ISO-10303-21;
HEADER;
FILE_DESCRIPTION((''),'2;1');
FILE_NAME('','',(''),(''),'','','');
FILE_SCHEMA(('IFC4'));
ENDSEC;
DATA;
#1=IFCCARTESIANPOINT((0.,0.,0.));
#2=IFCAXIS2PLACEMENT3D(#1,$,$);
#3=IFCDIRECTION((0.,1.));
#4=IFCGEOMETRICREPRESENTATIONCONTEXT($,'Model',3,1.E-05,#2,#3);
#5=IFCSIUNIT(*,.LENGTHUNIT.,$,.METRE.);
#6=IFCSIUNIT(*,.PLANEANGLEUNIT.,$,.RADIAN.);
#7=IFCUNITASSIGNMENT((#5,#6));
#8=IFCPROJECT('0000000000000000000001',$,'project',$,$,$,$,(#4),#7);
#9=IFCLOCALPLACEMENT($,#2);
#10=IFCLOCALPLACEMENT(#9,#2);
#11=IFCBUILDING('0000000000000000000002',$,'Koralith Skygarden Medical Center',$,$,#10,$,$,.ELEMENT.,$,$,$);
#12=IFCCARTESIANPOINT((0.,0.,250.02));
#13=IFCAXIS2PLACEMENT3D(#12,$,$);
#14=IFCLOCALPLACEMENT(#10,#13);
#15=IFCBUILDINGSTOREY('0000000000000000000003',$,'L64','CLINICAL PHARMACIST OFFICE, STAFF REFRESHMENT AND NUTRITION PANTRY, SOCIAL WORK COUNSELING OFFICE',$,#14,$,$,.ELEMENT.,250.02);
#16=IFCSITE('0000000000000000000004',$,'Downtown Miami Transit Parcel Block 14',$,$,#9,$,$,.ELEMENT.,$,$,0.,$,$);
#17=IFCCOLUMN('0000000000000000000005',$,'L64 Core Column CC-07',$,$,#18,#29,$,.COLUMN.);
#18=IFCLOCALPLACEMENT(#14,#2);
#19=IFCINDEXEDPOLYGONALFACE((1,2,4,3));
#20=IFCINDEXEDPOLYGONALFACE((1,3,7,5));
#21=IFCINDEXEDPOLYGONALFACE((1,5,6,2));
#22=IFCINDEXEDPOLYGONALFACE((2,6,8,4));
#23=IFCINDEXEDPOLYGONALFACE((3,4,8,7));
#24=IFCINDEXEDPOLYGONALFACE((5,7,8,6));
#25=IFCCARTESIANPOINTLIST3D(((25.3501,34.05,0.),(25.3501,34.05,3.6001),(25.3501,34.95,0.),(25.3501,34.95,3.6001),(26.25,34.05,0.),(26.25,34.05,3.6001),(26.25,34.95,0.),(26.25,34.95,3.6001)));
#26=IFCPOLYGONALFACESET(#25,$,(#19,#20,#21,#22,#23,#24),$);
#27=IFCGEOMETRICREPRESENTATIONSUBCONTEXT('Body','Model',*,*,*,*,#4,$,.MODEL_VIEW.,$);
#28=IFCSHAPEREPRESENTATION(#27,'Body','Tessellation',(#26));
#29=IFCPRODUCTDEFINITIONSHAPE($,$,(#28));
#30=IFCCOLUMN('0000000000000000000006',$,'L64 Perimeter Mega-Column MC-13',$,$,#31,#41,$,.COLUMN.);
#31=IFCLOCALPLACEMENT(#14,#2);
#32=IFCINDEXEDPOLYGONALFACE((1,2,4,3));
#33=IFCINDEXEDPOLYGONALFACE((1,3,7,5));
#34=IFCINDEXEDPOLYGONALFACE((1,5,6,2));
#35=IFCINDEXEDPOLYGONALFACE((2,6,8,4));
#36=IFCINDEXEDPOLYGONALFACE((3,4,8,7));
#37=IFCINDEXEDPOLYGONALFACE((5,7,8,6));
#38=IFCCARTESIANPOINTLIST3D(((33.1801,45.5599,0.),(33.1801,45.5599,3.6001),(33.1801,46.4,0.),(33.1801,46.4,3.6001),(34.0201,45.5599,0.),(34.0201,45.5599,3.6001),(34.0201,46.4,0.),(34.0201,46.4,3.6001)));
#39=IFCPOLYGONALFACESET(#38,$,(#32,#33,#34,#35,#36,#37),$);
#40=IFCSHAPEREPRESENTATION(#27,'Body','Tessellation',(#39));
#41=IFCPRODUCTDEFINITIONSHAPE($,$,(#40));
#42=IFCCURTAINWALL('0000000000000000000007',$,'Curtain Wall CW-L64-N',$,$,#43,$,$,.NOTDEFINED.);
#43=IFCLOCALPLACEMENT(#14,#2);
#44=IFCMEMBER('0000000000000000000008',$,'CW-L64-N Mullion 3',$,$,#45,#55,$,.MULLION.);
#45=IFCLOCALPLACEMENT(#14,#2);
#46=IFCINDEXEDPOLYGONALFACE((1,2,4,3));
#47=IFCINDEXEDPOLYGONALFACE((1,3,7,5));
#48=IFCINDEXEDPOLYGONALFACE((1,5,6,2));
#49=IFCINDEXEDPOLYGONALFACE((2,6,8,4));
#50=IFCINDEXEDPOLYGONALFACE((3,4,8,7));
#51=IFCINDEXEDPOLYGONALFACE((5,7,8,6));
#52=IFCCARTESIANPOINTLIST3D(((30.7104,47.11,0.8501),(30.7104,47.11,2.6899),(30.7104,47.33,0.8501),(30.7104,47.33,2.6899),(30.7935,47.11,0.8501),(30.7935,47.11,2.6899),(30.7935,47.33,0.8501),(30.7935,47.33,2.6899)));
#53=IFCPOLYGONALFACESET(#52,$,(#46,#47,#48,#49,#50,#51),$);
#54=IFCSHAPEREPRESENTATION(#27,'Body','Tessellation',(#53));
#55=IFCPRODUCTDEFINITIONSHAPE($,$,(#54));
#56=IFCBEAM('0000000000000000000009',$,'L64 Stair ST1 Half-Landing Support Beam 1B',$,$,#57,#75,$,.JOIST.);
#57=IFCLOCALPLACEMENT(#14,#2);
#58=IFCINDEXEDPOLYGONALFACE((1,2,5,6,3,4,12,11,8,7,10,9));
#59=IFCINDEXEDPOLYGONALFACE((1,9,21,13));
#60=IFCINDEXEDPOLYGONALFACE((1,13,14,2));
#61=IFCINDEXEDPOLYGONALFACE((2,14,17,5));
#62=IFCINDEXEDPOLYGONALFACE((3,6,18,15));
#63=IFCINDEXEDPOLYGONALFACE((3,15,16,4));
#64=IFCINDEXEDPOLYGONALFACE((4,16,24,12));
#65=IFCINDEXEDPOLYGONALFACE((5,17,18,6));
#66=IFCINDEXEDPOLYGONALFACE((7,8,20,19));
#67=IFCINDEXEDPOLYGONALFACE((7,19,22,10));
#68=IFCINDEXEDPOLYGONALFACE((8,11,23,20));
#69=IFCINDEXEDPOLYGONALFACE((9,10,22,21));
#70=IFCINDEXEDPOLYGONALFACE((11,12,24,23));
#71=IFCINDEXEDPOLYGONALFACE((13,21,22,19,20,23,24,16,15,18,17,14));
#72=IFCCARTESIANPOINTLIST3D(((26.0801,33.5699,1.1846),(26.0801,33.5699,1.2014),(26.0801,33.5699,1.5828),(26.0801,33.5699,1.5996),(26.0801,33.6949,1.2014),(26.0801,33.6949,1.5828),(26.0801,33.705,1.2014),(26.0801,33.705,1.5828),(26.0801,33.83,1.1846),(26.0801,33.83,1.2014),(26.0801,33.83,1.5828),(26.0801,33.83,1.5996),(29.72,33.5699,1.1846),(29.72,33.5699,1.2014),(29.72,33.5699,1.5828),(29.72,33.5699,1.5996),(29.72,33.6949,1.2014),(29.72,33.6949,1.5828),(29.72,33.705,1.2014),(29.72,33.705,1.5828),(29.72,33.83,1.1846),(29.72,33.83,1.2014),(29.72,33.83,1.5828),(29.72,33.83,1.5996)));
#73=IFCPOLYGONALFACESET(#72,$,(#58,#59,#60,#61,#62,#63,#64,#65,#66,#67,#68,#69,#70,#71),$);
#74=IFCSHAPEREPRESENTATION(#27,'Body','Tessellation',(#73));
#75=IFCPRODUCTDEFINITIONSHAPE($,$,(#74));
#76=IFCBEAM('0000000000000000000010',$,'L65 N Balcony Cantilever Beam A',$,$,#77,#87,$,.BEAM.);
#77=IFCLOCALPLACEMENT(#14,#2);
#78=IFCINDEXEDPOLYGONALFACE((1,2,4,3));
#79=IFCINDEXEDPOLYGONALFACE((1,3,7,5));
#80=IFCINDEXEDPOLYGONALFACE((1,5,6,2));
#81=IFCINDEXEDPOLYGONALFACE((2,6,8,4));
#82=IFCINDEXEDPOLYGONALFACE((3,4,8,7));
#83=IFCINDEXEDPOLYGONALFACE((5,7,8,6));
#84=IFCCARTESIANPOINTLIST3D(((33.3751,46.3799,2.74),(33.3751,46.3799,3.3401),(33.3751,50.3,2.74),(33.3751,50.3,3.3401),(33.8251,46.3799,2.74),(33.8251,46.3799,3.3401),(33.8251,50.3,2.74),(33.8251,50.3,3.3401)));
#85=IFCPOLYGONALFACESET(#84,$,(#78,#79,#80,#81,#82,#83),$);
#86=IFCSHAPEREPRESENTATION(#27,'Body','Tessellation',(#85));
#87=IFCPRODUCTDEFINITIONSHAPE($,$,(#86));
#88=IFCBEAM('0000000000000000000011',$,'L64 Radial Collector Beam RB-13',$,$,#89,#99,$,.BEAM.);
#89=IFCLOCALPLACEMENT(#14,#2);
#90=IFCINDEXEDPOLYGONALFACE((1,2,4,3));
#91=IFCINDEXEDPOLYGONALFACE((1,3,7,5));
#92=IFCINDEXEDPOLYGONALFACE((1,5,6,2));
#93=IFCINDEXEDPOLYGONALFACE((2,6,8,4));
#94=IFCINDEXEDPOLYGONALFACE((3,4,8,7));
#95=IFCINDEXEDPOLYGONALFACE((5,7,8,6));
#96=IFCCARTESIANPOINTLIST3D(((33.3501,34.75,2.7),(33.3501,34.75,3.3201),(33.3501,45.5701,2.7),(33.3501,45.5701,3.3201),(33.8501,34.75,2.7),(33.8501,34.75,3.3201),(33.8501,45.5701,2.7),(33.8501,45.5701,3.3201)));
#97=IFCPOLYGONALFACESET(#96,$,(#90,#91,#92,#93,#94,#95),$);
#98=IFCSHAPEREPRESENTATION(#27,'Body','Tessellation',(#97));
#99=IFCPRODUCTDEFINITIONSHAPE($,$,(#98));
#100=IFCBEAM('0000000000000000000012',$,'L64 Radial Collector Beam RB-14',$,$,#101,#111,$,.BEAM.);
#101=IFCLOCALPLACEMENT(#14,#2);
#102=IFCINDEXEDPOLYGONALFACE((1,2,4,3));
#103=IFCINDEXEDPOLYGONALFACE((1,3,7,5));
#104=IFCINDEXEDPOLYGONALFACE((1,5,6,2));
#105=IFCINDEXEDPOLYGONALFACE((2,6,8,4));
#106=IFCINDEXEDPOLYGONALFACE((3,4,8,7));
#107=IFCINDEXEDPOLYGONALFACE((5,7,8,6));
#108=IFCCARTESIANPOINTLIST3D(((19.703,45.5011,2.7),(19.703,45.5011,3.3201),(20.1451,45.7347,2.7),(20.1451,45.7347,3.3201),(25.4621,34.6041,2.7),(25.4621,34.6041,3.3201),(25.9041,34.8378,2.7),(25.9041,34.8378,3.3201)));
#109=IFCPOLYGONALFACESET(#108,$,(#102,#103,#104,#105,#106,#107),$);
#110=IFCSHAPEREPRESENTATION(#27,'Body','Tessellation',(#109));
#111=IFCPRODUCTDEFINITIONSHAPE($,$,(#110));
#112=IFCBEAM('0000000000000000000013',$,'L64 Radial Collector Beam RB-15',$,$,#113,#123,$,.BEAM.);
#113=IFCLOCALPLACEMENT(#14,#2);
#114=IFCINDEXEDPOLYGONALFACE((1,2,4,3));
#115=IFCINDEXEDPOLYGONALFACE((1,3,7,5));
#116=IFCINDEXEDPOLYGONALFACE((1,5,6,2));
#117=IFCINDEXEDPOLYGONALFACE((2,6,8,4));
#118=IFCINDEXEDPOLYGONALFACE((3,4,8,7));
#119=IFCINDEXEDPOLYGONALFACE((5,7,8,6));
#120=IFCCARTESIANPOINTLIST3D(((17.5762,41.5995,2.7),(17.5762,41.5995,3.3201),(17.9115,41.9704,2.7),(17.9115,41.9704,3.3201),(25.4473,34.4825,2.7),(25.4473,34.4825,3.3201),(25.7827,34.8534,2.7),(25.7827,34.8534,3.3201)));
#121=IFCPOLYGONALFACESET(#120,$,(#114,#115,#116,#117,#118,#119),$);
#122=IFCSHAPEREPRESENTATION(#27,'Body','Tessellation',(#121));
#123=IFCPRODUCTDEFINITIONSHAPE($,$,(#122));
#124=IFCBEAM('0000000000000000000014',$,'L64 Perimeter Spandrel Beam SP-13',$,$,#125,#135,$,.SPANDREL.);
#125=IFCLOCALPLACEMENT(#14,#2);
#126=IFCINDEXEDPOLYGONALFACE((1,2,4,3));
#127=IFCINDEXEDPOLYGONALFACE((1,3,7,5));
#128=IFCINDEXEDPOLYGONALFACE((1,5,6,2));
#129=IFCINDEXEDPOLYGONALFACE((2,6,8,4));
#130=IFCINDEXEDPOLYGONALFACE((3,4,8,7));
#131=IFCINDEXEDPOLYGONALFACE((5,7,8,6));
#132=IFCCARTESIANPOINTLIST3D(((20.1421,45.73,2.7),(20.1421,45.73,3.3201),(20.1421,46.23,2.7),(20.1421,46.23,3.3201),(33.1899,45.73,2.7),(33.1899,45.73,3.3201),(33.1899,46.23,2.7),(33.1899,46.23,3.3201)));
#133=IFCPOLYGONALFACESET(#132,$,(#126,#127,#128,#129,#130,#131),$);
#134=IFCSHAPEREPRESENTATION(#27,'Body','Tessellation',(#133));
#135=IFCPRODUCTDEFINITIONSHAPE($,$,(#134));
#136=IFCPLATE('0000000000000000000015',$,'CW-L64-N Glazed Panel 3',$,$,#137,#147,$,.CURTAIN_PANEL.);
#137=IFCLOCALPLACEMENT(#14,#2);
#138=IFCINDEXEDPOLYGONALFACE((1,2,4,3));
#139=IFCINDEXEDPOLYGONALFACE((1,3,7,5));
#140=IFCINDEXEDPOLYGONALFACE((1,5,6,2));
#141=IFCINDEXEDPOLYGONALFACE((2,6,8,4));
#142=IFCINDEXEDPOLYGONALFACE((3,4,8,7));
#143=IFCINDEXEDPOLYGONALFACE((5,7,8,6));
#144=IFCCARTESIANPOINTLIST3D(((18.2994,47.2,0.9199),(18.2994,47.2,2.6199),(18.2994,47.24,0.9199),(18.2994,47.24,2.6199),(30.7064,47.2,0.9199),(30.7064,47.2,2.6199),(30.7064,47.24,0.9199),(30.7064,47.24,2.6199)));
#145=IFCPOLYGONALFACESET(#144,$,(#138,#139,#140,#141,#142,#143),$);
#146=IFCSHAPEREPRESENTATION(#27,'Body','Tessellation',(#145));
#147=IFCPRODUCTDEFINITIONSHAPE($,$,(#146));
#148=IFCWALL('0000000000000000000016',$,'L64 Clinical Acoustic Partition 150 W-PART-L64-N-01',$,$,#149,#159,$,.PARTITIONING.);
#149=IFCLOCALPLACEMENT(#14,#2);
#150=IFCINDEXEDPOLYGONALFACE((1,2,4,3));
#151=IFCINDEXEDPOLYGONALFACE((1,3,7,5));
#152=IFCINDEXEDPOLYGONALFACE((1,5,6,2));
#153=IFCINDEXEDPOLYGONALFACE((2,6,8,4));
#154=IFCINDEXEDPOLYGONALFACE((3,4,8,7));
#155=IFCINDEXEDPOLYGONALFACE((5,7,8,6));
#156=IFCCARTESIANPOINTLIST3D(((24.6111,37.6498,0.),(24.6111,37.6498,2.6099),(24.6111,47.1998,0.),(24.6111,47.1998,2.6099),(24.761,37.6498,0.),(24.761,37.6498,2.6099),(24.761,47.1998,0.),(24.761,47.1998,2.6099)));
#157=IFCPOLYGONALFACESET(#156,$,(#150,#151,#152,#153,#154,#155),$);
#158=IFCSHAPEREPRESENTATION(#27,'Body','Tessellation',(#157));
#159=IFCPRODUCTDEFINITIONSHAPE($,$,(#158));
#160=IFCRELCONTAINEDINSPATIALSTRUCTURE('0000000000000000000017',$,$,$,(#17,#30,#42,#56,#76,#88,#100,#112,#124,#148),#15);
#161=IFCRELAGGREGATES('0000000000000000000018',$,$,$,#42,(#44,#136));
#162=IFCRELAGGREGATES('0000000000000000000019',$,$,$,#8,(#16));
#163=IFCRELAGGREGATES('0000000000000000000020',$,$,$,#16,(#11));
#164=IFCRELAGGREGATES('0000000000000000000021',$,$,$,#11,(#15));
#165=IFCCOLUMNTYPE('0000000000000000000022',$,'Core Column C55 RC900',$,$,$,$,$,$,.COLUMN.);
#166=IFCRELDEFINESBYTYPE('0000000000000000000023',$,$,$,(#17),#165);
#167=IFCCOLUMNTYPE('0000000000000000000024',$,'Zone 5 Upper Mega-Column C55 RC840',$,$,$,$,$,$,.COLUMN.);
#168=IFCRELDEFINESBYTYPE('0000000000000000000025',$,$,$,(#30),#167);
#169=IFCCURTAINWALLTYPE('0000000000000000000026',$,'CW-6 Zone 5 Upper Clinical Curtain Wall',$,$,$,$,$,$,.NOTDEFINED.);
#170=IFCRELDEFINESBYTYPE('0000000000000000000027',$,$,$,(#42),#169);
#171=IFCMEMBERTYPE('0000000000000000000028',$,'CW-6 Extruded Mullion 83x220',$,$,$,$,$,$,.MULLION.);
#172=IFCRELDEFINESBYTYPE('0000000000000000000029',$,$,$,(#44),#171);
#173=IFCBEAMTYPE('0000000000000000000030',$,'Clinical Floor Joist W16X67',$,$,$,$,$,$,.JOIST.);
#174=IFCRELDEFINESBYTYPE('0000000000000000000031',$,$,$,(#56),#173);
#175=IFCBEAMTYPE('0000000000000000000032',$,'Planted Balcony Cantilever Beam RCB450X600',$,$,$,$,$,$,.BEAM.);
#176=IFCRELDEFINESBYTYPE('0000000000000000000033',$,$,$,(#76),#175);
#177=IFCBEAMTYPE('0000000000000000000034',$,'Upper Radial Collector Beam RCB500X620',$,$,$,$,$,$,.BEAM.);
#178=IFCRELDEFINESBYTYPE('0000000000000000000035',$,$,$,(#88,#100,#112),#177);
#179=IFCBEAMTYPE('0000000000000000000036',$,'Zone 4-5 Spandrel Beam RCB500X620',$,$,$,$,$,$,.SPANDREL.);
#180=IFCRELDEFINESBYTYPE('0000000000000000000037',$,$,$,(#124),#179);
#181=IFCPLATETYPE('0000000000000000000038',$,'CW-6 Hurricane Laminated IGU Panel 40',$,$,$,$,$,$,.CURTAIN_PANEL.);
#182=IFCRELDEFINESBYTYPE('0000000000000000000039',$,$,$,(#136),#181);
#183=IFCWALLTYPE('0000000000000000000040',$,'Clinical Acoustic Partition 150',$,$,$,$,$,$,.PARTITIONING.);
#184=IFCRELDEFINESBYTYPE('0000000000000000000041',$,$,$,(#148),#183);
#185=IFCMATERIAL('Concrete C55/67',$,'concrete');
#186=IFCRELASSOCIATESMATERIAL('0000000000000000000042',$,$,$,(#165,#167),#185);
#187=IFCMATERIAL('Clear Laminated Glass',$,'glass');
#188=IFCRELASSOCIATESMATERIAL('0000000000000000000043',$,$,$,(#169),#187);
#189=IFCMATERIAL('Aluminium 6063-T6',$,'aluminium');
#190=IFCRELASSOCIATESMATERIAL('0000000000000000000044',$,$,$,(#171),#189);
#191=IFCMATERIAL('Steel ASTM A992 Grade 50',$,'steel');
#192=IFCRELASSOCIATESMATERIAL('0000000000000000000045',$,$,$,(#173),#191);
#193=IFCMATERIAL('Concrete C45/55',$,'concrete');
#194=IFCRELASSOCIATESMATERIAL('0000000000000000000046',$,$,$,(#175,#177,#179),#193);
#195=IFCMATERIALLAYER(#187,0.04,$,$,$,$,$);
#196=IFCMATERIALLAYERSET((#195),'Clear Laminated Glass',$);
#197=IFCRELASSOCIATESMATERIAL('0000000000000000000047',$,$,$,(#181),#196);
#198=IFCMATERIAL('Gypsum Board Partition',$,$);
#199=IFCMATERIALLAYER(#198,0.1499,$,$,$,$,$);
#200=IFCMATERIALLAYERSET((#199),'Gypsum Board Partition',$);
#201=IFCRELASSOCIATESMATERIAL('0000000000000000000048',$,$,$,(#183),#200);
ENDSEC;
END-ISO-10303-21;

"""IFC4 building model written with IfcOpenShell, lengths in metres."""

from ifc_helpers import new_model, si_unit, direction, frame, frame_2d, origin, origin_2d, place, context, subcontext, project, spatial, rectangle, i_section, extrude, material, layer, layer_set, material_profile, profile_set, type_object, element, aggregate, save


model = new_model("IFC4")

# Units and contexts
model_context = context("Model", 3, precision=1e-05, world=origin(), true_north=direction((0.0, 1.0)))
body_context = subcontext(model_context, "Body", "Model", "MODEL_VIEW")
ifc_project = project(units=[si_unit("LENGTHUNIT", "METRE"), si_unit("PLANEANGLEUNIT", "RADIAN")], contexts=[model_context])

# Site, building, storey
site_placement = place(None, origin())
site = spatial("IfcSite", under=ifc_project, at=site_placement, Name="Downtown Miami Transit Parcel Block 14", CompositionType="ELEMENT", RefElevation=0.0)
building_placement = place(site_placement, origin())
building = spatial("IfcBuilding", under=site, at=building_placement, Name="Koralith Skygarden Medical Center", CompositionType="ELEMENT")
storey_placement = place(building_placement, frame((0.0, 0.0, 250.02)))
storey = spatial("IfcBuildingStorey", under=building, at=storey_placement, Name="L64", Description="CLINICAL PHARMACIST OFFICE, STAFF REFRESHMENT AND NUTRITION PANTRY, SOCIAL WORK COUNSELING OFFICE", CompositionType="ELEMENT", Elevation=250.02)

# Columns
ifc_material_1 = material(Name="Concrete C55/67", Category="concrete")
ifc_material_profile_1 = material_profile(ifc_material_1, rectangle(XDim=0.8999, YDim=0.8999, at=origin_2d()), Name="RC900X900")
ifc_profile_set_1 = profile_set([ifc_material_profile_1], Name="Concrete C55/67")
column_type_1 = type_object("IfcColumnType", Name="Core Column C55 RC900", PredefinedType="COLUMN", material=ifc_profile_set_1)
column_1_placement = place(storey_placement, frame((25.8, 34.5, 0.0), z_axis=(0.0, 0.0, 1.0), x_axis=(1.0, 0.0, 0.0)))
element("IfcColumn", 1, at=column_1_placement, inside=storey, type_object=column_type_1, Name="L64 Core Column CC-07", PredefinedType="COLUMN", context=body_context, shape_type="SweptSolid", body=[
    extrude(rectangle(XDim=0.8999, YDim=0.8999, at=origin_2d()), origin(), (0.0, 0.0, 1.0), 3.6001),
])
ifc_material_profile_2 = material_profile(ifc_material_1, rectangle(XDim=0.8401, YDim=0.8401, at=origin_2d()), Name="RC840X840")
ifc_profile_set_2 = profile_set([ifc_material_profile_2], Name="Concrete C55/67")
column_type_2 = type_object("IfcColumnType", Name="Zone 5 Upper Mega-Column C55 RC840", PredefinedType="COLUMN", material=ifc_profile_set_2)
column_2_placement = place(storey_placement, frame((33.6001, 45.98, 0.0), z_axis=(0.0, 0.0, 1.0), x_axis=(1.0, 0.0, 0.0)))
element("IfcColumn", 2, at=column_2_placement, inside=storey, type_object=column_type_2, Name="L64 Perimeter Mega-Column MC-13", PredefinedType="COLUMN", context=body_context, shape_type="SweptSolid", body=[
    extrude(rectangle(XDim=0.8401, YDim=0.8401, at=origin_2d()), origin(), (0.0, 0.0, 1.0), 3.6001),
])

# Curtain wall, member
ifc_material_2 = material(Name="Clear Laminated Glass", Category="glass")
curtain_wall_type = type_object("IfcCurtainWallType", Name="CW-6 Zone 5 Upper Clinical Curtain Wall", PredefinedType="NOTDEFINED", material=ifc_material_2)
curtain_wall_placement = place(storey_placement, origin())
curtain_wall = element("IfcCurtainWall", 3, at=curtain_wall_placement, inside=storey, type_object=curtain_wall_type, Name="Curtain Wall CW-L64-N", PredefinedType="NOTDEFINED")
ifc_material_3 = material(Name="Aluminium 6063-T6", Category="aluminium")
ifc_material_profile_3 = material_profile(ifc_material_3, rectangle(XDim=0.083, YDim=0.22, at=origin_2d()), Name="MUL83X220")
ifc_profile_set_3 = profile_set([ifc_material_profile_3], Name="Aluminium 6063-T6")
member_type = type_object("IfcMemberType", Name="CW-6 Extruded Mullion 83x220", PredefinedType="MULLION", material=ifc_profile_set_3)
member_placement = place(storey_placement, frame((30.752, 47.22, 0.8501), z_axis=(0.0, 0.0, 1.0), x_axis=(1.0, 0.0, 0.0)))
member = element("IfcMember", 4, at=member_placement, type_object=member_type, Name="CW-L64-N Mullion 3", PredefinedType="MULLION", context=body_context, shape_type="SweptSolid", body=[
    extrude(rectangle(XDim=0.083, YDim=0.22, at=origin_2d()), origin(), (0.0, 0.0, 1.0), 1.8398),
])

# Beams
ifc_material_4 = material(Name="Steel ASTM A992 Grade 50", Category="steel")
ifc_material_profile_4 = material_profile(ifc_material_4, i_section(OverallWidth=0.26, OverallDepth=0.415, WebThickness=0.01, FlangeThickness=0.0168, at=origin_2d()), Name="W16X67")
ifc_profile_set_4 = profile_set([ifc_material_profile_4], Name="Steel ASTM A992 Grade 50")
beam_type_1 = type_object("IfcBeamType", Name="Clinical Floor Joist W16X67", PredefinedType="JOIST", material=ifc_profile_set_4)
beam_1_placement = place(storey_placement, frame((26.0801, 33.7, 1.3921), z_axis=(1.0, 0.0, 0.0), x_axis=(0.0, 1.0, 0.0)))
element("IfcBeam", 5, at=beam_1_placement, inside=storey, type_object=beam_type_1, Name="L64 Stair ST1 Half-Landing Support Beam 1B", PredefinedType="JOIST", context=body_context, shape_type="SweptSolid", body=[
    extrude(i_section(OverallWidth=0.26, OverallDepth=0.415, WebThickness=0.01, FlangeThickness=0.0168, at=origin_2d()), origin(), (0.0, 0.0, 1.0), 3.6399),
])
ifc_material_5 = material(Name="Concrete C45/55", Category="concrete")
ifc_material_profile_5 = material_profile(ifc_material_5, rectangle(XDim=0.45, YDim=0.6001, at=origin_2d()), Name="RCB450X600")
ifc_profile_set_5 = profile_set([ifc_material_profile_5], Name="Concrete C45/55")
beam_type_2 = type_object("IfcBeamType", Name="Planted Balcony Cantilever Beam RCB450X600", PredefinedType="BEAM", material=ifc_profile_set_5)
beam_2_placement = place(storey_placement, frame((33.6001, 46.3799, 3.04), z_axis=(0.0, 1.0, 0.0), x_axis=(-1.0, 0.0, 0.0)))
element("IfcBeam", 6, at=beam_2_placement, inside=storey, type_object=beam_type_2, Name="L65 N Balcony Cantilever Beam A", PredefinedType="BEAM", context=body_context, shape_type="SweptSolid", body=[
    extrude(rectangle(XDim=0.45, YDim=0.6001, at=origin_2d()), origin(), (0.0, 0.0, 1.0), 3.9202),
])
ifc_material_profile_6 = material_profile(ifc_material_5, rectangle(XDim=0.5, YDim=0.6201, at=origin_2d()), Name="RCB500X620")
ifc_profile_set_6 = profile_set([ifc_material_profile_6], Name="Concrete C45/55")
beam_type_3 = type_object("IfcBeamType", Name="Upper Radial Collector Beam RCB500X620", PredefinedType="BEAM", material=ifc_profile_set_6)
beam_3_placement = place(storey_placement, frame((33.6001, 34.75, 3.01), z_axis=(0.0, 1.0, 0.0), x_axis=(-1.0, 0.0, 0.0)))
element("IfcBeam", 7, at=beam_3_placement, inside=storey, type_object=beam_type_3, Name="L64 Radial Collector Beam RB-13", PredefinedType="BEAM", context=body_context, shape_type="SweptSolid", body=[
    extrude(rectangle(XDim=0.5, YDim=0.6201, at=origin_2d()), origin(), (0.0, 0.0, 1.0), 10.8201),
])
beam_4_placement = place(storey_placement, frame((25.6831, 34.7209, 3.01), z_axis=(-0.467257, 0.884122, 0.0), x_axis=(-0.884122, -0.467257, 0.0)))
element("IfcBeam", 8, at=beam_4_placement, inside=storey, type_object=beam_type_3, Name="L64 Radial Collector Beam RB-14", PredefinedType="BEAM", context=body_context, shape_type="SweptSolid", body=[
    extrude(rectangle(XDim=0.5, YDim=0.6201, at=origin_2d()), origin(), (0.0, 0.0, 1.0), 12.3252),
])
beam_5_placement = place(storey_placement, frame((25.615, 34.668, 3.01), z_axis=(-0.741748, 0.670679, 0.0), x_axis=(-0.670679, -0.741748, 0.0)))
element("IfcBeam", 9, at=beam_5_placement, inside=storey, type_object=beam_type_3, Name="L64 Radial Collector Beam RB-15", PredefinedType="BEAM", context=body_context, shape_type="SweptSolid", body=[
    extrude(rectangle(XDim=0.5, YDim=0.6201, at=origin_2d()), origin(), (0.0, 0.0, 1.0), 10.6116),
])
ifc_material_profile_7 = material_profile(ifc_material_5, rectangle(XDim=0.5, YDim=0.6201, at=origin_2d()), Name="RCB500X620")
ifc_profile_set_7 = profile_set([ifc_material_profile_7], Name="Concrete C45/55")
beam_type_4 = type_object("IfcBeamType", Name="Zone 4-5 Spandrel Beam RCB500X620", PredefinedType="SPANDREL", material=ifc_profile_set_7)
beam_6_placement = place(storey_placement, frame((33.1899, 45.98, 3.01), z_axis=(-1.0, 0.0, 0.0), x_axis=(0.0, -1.0, 0.0)))
element("IfcBeam", 10, at=beam_6_placement, inside=storey, type_object=beam_type_4, Name="L64 Perimeter Spandrel Beam SP-13", PredefinedType="SPANDREL", context=body_context, shape_type="SweptSolid", body=[
    extrude(rectangle(XDim=0.5, YDim=0.6201, at=origin_2d()), origin(), (0.0, 0.0, 1.0), 13.0479),
])

# Plate
ifc_layer_1 = layer(ifc_material_2, 0.04)
ifc_layer_set_1 = layer_set([ifc_layer_1], Name="Clear Laminated Glass")
plate_type = type_object("IfcPlateType", Name="CW-6 Hurricane Laminated IGU Panel 40", PredefinedType="CURTAIN_PANEL", material=ifc_layer_set_1)
plate_placement = place(storey_placement, frame((24.5029, 47.22, 0.9199), z_axis=(0.0, 0.0, 1.0), x_axis=(-1.0, 0.0, 0.0)))
plate = element("IfcPlate", 11, at=plate_placement, type_object=plate_type, Name="CW-L64-N Glazed Panel 3", PredefinedType="CURTAIN_PANEL", context=body_context, shape_type="SweptSolid", body=[
    extrude(rectangle(XDim=12.407, YDim=0.04, at=origin_2d()), origin(), (0.0, 0.0, 1.0), 1.7),
])
aggregate(curtain_wall, [member, plate])

# Wall
ifc_material_6 = material(Name="Gypsum Board Partition")
ifc_layer_2 = layer(ifc_material_6, 0.1499)
ifc_layer_set_2 = layer_set([ifc_layer_2], Name="Gypsum Board Partition")
wall_type_1 = type_object("IfcWallType", Name="Clinical Acoustic Partition 150", PredefinedType="PARTITIONING", material=ifc_layer_set_2)
wall_1_placement = place(storey_placement, frame((24.686, 37.6499, 0.0), z_axis=(0.0, 0.0, 1.0), x_axis=(0.0, 1.0, 0.0)))
element("IfcWall", 12, at=wall_1_placement, inside=storey, type_object=wall_type_1, Name="L64 Clinical Acoustic Partition 150 W-PART-L64-N-01", PredefinedType="PARTITIONING", context=body_context, shape_type="SweptSolid", body=[
    extrude(rectangle(XDim=9.55, YDim=0.1499, at=frame_2d((4.7749, 0.0))), origin(), (0.0, 0.0, 1.0), 2.6099),
])

save(model, "model.ifc")
